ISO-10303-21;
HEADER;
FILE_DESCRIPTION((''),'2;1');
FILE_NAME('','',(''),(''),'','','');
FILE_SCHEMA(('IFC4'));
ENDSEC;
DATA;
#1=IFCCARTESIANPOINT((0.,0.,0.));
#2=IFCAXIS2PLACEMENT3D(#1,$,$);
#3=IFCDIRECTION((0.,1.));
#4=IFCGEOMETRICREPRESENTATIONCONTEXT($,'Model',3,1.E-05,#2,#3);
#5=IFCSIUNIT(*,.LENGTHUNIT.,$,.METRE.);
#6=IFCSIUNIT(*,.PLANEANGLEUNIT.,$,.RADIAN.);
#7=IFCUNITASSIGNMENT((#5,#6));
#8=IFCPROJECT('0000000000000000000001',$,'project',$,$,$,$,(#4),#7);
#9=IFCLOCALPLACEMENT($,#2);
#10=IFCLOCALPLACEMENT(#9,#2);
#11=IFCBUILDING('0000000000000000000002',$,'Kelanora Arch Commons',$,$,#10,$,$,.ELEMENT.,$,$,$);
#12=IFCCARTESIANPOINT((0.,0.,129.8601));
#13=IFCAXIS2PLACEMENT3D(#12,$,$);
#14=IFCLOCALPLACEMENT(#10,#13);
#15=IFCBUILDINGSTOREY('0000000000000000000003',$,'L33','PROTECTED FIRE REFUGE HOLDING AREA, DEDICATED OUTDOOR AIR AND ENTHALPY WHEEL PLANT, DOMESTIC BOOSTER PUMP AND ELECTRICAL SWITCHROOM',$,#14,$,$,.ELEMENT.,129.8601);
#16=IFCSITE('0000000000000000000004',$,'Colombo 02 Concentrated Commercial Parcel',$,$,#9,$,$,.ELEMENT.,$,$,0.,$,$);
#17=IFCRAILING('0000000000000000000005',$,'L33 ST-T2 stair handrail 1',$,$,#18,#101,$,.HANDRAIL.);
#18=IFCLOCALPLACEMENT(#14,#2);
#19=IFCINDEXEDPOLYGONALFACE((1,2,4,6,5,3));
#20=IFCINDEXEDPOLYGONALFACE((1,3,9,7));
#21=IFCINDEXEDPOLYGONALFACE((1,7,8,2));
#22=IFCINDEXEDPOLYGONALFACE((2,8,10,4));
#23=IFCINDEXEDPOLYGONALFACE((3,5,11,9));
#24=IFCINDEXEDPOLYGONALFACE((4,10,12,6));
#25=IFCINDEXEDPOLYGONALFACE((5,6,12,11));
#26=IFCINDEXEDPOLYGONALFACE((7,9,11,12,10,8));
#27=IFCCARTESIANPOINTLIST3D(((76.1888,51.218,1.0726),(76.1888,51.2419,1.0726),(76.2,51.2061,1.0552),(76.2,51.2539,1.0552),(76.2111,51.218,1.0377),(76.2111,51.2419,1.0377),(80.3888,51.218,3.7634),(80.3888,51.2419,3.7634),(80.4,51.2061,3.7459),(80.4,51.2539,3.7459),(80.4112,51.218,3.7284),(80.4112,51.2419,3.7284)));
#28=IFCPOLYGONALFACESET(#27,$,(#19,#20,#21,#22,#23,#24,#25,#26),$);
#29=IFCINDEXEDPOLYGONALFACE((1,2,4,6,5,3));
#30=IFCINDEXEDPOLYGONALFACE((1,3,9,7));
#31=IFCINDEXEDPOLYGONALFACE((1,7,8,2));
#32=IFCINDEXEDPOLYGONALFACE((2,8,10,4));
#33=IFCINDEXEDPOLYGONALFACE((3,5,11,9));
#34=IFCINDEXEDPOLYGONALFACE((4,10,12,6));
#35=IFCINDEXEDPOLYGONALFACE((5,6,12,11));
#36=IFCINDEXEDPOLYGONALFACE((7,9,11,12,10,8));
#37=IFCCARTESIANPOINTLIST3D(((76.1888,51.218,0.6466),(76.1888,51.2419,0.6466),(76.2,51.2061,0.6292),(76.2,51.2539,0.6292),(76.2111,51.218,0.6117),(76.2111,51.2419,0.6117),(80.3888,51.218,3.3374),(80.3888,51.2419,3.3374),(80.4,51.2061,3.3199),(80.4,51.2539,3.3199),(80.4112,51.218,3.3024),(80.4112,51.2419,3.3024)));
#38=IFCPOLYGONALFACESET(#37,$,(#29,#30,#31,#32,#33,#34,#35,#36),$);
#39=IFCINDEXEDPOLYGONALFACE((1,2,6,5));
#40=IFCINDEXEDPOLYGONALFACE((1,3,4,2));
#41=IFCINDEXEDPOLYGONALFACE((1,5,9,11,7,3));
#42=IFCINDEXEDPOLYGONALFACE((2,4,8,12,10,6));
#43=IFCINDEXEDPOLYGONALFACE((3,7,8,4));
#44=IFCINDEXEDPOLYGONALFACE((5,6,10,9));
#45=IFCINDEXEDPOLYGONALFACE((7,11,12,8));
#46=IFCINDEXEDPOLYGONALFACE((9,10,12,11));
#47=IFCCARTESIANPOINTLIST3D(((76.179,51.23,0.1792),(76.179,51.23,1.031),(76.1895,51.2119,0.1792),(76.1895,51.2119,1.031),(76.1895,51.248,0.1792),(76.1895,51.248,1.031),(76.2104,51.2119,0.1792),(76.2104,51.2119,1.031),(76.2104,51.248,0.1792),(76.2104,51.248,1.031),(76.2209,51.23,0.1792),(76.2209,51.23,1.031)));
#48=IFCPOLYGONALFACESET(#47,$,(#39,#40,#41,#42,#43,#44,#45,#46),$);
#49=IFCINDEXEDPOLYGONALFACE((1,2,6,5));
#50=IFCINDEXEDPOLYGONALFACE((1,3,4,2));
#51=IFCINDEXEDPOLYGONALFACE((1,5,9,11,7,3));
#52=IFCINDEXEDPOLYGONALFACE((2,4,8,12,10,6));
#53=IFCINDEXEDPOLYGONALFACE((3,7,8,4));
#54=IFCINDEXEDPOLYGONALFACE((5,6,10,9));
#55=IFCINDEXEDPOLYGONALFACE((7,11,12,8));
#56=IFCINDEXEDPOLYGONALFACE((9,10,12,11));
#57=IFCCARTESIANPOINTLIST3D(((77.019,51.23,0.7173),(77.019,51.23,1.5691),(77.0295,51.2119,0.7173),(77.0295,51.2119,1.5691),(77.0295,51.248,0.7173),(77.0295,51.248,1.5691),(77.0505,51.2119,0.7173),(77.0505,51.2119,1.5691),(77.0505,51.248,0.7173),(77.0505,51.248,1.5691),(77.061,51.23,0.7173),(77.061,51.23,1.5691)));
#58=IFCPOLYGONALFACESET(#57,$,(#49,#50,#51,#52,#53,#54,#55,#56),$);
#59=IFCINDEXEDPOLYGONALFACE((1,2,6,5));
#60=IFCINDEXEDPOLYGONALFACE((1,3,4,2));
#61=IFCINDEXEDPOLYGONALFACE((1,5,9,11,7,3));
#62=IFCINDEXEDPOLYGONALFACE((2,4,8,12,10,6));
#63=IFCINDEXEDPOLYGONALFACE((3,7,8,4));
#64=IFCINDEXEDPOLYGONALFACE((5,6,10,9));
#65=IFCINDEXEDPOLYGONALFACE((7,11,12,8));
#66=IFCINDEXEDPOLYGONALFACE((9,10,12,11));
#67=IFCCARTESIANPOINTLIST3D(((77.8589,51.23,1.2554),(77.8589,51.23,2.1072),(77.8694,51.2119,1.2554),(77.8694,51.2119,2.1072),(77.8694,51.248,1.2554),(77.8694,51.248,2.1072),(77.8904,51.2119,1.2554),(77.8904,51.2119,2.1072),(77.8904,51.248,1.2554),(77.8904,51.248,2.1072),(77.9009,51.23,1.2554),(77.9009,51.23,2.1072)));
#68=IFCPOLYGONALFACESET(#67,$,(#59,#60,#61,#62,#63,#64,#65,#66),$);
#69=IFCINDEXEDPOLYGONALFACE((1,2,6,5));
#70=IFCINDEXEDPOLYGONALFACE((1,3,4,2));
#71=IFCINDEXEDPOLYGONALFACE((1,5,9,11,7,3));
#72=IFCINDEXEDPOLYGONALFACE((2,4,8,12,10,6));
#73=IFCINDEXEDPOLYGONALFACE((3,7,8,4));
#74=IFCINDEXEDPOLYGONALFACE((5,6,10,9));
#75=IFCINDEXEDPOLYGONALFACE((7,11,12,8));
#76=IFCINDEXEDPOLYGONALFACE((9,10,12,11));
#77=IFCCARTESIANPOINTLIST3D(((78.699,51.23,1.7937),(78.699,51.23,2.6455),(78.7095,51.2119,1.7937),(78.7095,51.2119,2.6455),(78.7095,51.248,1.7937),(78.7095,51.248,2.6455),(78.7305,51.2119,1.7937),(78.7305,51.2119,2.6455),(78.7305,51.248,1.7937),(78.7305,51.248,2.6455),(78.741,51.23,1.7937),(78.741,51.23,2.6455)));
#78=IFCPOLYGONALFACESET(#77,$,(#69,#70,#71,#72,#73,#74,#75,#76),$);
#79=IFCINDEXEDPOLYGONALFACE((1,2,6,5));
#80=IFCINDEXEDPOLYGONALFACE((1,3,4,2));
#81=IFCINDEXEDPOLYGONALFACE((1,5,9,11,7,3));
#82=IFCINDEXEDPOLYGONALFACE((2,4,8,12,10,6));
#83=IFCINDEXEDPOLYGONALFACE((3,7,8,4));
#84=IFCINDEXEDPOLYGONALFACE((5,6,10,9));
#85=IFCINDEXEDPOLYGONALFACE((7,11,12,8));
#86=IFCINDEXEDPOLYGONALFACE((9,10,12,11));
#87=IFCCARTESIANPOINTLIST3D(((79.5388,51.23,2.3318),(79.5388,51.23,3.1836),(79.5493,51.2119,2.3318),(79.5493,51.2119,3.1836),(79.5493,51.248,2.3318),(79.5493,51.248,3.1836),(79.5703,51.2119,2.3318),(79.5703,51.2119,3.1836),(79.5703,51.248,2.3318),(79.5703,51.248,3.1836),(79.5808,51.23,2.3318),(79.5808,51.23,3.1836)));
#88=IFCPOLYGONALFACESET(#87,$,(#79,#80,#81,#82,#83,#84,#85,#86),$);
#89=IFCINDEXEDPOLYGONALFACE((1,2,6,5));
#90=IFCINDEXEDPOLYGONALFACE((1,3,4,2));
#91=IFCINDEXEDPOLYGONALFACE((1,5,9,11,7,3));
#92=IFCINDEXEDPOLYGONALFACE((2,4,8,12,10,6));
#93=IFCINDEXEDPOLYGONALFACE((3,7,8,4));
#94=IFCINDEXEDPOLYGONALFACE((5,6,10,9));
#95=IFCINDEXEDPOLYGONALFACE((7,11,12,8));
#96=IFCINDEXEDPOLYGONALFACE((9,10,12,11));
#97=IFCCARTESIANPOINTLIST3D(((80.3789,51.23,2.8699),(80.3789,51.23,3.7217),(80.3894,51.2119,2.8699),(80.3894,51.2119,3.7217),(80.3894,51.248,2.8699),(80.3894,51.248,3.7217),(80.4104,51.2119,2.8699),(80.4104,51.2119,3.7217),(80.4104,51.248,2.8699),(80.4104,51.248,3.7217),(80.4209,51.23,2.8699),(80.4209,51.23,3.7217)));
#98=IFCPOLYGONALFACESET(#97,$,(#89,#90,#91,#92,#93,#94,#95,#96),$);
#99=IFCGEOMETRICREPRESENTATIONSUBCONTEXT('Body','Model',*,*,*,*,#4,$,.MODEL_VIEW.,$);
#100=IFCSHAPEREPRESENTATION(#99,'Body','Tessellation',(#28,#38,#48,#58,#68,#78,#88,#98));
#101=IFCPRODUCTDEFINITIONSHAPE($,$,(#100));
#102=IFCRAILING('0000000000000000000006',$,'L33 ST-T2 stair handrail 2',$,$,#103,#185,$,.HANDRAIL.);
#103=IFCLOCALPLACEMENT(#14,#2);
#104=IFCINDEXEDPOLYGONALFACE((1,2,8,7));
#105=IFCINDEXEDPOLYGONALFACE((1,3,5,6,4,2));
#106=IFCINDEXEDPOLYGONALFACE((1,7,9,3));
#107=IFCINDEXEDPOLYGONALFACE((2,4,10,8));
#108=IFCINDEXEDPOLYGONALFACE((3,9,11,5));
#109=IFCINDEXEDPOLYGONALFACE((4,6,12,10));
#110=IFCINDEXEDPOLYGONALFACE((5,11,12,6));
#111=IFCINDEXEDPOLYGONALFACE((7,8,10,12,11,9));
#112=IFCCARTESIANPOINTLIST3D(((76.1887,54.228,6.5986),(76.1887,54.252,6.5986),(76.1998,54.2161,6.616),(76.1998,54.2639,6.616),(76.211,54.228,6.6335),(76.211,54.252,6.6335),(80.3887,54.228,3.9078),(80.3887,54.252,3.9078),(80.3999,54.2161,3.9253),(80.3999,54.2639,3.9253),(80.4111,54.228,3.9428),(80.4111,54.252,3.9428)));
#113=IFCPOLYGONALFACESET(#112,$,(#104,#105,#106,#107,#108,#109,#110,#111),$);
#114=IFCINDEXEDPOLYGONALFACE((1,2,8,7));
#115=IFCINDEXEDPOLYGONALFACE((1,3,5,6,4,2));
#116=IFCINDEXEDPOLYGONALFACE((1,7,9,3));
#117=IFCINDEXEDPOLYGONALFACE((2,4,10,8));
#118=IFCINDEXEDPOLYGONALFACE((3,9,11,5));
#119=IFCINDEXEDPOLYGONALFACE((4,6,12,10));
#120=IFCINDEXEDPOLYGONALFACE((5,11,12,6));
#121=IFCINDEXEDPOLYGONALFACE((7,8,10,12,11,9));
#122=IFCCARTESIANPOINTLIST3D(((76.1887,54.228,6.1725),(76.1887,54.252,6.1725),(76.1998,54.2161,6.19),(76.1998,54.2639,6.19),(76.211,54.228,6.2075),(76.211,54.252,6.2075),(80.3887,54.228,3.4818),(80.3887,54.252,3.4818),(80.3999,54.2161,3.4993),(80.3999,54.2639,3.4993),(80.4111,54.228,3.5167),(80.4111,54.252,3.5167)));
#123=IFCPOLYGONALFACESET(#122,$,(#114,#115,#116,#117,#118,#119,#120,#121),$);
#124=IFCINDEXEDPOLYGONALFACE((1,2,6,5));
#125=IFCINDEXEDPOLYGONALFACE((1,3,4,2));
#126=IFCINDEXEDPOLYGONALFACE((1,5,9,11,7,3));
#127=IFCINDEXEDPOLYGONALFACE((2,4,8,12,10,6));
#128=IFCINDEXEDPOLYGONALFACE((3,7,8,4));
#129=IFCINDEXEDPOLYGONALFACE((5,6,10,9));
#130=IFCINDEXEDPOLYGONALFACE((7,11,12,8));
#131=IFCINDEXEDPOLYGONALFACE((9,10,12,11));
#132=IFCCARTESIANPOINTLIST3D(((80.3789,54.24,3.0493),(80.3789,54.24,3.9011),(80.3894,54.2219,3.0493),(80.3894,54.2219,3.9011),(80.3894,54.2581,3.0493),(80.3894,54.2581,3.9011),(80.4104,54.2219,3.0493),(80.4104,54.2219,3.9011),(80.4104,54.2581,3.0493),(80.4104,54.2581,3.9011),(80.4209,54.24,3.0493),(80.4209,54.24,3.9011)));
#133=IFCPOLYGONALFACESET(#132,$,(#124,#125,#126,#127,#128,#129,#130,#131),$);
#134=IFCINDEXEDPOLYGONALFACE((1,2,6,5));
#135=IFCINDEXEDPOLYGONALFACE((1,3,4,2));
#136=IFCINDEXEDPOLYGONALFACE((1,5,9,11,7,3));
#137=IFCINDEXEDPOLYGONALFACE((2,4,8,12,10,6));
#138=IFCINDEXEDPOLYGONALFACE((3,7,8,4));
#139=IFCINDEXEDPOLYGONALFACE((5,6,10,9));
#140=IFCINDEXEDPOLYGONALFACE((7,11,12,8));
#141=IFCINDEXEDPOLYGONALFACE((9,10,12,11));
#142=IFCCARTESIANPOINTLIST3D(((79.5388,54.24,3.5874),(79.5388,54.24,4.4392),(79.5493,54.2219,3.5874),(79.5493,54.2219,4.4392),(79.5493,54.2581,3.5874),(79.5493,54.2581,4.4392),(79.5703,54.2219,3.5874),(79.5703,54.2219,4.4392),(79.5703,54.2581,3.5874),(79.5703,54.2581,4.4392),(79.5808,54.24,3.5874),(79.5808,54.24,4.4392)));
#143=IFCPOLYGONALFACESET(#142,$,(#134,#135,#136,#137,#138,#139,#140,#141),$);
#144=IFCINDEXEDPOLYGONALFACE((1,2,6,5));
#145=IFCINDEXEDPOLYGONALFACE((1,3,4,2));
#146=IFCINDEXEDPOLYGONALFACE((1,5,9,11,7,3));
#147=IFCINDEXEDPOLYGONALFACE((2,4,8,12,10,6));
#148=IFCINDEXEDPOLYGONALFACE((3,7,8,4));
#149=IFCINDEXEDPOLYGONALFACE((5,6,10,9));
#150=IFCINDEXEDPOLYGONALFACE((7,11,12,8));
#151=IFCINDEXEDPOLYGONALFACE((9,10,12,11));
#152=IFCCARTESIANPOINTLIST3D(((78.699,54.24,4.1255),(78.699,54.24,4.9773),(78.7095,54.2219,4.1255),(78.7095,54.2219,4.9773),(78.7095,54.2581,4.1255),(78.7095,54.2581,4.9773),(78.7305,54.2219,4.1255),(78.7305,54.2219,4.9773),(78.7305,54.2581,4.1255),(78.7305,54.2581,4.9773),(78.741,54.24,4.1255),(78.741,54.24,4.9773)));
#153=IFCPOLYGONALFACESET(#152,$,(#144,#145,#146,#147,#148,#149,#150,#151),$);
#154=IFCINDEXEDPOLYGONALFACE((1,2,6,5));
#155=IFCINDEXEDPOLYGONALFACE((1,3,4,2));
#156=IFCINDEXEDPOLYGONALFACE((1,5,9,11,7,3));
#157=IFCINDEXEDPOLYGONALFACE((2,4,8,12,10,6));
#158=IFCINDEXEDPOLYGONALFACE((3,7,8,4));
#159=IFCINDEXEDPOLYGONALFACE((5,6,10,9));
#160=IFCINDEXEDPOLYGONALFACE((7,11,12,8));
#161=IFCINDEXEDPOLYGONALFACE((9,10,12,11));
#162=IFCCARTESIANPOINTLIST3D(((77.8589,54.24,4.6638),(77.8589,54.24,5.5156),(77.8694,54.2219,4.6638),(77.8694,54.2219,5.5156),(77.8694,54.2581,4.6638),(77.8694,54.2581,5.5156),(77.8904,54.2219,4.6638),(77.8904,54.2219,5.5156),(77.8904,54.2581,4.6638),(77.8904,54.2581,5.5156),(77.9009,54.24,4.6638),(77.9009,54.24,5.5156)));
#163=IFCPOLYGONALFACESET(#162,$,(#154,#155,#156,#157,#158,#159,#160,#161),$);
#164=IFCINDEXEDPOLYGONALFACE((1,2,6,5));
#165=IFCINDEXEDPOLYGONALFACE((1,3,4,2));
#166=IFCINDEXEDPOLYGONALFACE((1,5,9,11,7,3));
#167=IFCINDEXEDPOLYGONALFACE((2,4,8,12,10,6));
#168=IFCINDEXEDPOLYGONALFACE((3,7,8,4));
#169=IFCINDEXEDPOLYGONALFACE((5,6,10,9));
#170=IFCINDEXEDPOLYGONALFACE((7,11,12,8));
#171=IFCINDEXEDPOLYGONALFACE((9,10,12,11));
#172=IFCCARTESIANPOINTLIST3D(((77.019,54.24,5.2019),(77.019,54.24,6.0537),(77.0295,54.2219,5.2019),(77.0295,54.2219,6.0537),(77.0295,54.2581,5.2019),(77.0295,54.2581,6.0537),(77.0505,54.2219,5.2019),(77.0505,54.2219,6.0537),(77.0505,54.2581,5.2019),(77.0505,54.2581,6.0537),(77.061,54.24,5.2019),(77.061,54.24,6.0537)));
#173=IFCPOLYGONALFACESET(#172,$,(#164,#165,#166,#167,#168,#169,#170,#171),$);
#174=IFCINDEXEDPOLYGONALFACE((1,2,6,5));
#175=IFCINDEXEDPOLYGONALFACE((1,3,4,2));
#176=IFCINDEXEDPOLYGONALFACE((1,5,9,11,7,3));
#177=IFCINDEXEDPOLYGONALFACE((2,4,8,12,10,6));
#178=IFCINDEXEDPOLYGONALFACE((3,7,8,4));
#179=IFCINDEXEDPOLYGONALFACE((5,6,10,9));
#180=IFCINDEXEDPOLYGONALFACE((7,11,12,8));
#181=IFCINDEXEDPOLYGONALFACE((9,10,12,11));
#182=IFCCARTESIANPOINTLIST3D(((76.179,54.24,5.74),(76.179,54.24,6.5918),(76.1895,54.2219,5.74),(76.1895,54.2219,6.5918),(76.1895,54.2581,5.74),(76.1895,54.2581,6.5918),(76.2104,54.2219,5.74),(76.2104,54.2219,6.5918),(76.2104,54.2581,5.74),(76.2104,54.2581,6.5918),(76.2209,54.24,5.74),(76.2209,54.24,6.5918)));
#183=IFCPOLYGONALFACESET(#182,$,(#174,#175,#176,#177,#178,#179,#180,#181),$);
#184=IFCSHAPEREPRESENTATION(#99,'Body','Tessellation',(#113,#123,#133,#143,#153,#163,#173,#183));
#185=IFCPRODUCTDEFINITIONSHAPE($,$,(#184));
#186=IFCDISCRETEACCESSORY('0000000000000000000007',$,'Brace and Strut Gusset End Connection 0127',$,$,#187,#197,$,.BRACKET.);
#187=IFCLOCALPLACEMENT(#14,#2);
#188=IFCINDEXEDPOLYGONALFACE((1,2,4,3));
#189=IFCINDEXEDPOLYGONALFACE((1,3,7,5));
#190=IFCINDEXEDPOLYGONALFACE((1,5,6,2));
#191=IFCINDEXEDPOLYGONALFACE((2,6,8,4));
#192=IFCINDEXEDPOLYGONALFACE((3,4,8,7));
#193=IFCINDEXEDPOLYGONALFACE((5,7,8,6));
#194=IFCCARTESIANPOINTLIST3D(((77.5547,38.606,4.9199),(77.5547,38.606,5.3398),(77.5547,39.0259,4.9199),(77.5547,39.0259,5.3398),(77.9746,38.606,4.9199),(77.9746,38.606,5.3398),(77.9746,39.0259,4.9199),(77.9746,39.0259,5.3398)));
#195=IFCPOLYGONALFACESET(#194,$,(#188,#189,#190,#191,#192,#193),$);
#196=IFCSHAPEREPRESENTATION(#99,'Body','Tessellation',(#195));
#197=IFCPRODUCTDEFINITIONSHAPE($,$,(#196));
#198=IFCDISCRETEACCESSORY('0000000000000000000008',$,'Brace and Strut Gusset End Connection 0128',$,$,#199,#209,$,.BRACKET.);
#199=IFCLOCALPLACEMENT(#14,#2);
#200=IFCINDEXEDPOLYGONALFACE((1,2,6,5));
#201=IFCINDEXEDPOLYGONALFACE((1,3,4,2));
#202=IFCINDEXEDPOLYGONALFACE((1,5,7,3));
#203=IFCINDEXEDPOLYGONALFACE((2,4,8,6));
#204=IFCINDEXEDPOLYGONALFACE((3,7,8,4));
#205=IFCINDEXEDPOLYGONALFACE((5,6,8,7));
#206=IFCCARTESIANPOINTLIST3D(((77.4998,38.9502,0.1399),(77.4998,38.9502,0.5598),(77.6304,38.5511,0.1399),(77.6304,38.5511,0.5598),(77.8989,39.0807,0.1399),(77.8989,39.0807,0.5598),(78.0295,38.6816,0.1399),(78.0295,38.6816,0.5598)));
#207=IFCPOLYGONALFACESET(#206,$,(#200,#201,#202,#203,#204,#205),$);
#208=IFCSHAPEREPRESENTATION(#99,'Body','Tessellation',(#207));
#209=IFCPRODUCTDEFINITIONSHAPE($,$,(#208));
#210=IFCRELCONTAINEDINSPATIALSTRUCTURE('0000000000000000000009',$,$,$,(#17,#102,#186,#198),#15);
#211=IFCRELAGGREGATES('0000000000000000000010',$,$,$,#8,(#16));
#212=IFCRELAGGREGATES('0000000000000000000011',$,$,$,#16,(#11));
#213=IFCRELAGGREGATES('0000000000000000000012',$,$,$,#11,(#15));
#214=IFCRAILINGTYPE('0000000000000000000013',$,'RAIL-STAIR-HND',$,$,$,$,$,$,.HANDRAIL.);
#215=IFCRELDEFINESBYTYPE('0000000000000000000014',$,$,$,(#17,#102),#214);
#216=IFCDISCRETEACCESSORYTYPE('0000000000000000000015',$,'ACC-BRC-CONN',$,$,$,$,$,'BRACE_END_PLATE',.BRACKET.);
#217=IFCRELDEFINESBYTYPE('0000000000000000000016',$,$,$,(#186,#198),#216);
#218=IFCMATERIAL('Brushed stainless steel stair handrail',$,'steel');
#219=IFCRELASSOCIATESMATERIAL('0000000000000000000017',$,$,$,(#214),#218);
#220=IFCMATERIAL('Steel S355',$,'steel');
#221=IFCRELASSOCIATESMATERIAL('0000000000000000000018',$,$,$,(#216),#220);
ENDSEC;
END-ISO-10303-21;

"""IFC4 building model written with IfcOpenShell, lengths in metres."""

from ifc_helpers import new_model, si_unit, direction, frame, origin, origin_2d, place, context, subcontext, project, spatial, polyline, rectangle, outline, extrude, source, transform, mapped, material, type_object, element, save


model = new_model("IFC4")

# Units and contexts
model_context = context("Model", 3, precision=1e-05, world=origin(), true_north=direction((0.0, 1.0)))
body_context = subcontext(model_context, "Body", "Model", "MODEL_VIEW")
ifc_project = project(units=[si_unit("LENGTHUNIT", "METRE"), si_unit("PLANEANGLEUNIT", "RADIAN")], contexts=[model_context])

# Site, building, storey
site_placement = place(None, origin())
site = spatial("IfcSite", under=ifc_project, at=site_placement, Name="Colombo 02 Concentrated Commercial Parcel", CompositionType="ELEMENT", RefElevation=0.0)
building_placement = place(site_placement, origin())
building = spatial("IfcBuilding", under=site, at=building_placement, Name="Kelanora Arch Commons", CompositionType="ELEMENT")
storey_placement = place(building_placement, frame((0.0, 0.0, 129.8601)))
storey = spatial("IfcBuildingStorey", under=building, at=storey_placement, Name="L33", Description="PROTECTED FIRE REFUGE HOLDING AREA, DEDICATED OUTDOOR AIR AND ENTHALPY WHEEL PLANT, DOMESTIC BOOSTER PUMP AND ELECTRICAL SWITCHROOM", CompositionType="ELEMENT", Elevation=129.8601)

# Shared definitions
ifc_material_1 = material(Name="Steel S355", Category="steel")

# Railings
ifc_material_2 = material(Name="Brushed stainless steel stair handrail", Category="steel")
railing_type_1 = type_object("IfcRailingType", Name="RAIL-STAIR-HND", PredefinedType="HANDRAIL", material=ifc_material_2)
railing_1_placement = place(storey_placement, frame((76.2, 51.23, 0.1792)))
element("IfcRailing", 1, at=railing_1_placement, inside=storey, type_object=railing_type_1, Name="L33 ST-T2 stair handrail 1", PredefinedType="HANDRAIL", context=body_context, shape_type="SweptSolid", body=[
    extrude(outline(polyline([(0.0239, 0.0), (0.012, 0.0208), (-0.012, 0.0208), (-0.0239, 0.0), (-0.012, -0.0208), (0.012, -0.0208), (0.0239, 0.0)])), frame((0.0, 0.0, 0.876), z_axis=(0.842025, 0.0, 0.539438), x_axis=(0.0, 1.0, 0.0)), (0.0, 0.0, 1.0), 4.988),
    extrude(outline(polyline([(0.0239, 0.0), (0.012, 0.0208), (-0.012, 0.0208), (-0.0239, 0.0), (-0.012, -0.0208), (0.012, -0.0208), (0.0239, 0.0)])), frame((0.0, 0.0, 0.45), z_axis=(0.842025, 0.0, 0.539438), x_axis=(0.0, 1.0, 0.0)), (0.0, 0.0, 1.0), 4.988),
    extrude(outline(polyline([(0.021, 0.0), (0.0105, 0.0181), (-0.0105, 0.0181), (-0.021, 0.0), (-0.0105, -0.0181), (0.0105, -0.0181), (0.021, 0.0)])), origin(), (0.0, 0.0, 1.0), 0.8518),
    extrude(outline(polyline([(0.021, 0.0), (0.0105, 0.0181), (-0.0105, 0.0181), (-0.021, 0.0), (-0.0105, -0.0181), (0.0105, -0.0181), (0.021, 0.0)])), frame((0.8401, 0.0, 0.5381)), (0.0, 0.0, 1.0), 0.8518),
    extrude(outline(polyline([(0.021, 0.0), (0.0105, 0.0181), (-0.0105, 0.0181), (-0.021, 0.0), (-0.0105, -0.0181), (0.0105, -0.0181), (0.021, 0.0)])), frame((1.6799, 0.0, 1.0762)), (0.0, 0.0, 1.0), 0.8518),
    extrude(outline(polyline([(0.021, 0.0), (0.0105, 0.0181), (-0.0105, 0.0181), (-0.021, 0.0), (-0.0105, -0.0181), (0.0105, -0.0181), (0.021, 0.0)])), frame((2.52, 0.0, 1.6145)), (0.0, 0.0, 1.0), 0.8518),
    extrude(outline(polyline([(0.021, 0.0), (0.0105, 0.0181), (-0.0105, 0.0181), (-0.021, 0.0), (-0.0105, -0.0181), (0.0105, -0.0181), (0.021, 0.0)])), frame((3.3599, 0.0, 2.1526)), (0.0, 0.0, 1.0), 0.8518),
    extrude(outline(polyline([(0.021, 0.0), (0.0105, 0.0181), (-0.0105, 0.0181), (-0.021, 0.0), (-0.0105, -0.0181), (0.0105, -0.0181), (0.021, 0.0)])), frame((4.2, 0.0, 2.6907)), (0.0, 0.0, 1.0), 0.8518),
])
railing_2_placement = place(storey_placement, frame((80.3999, 54.24, 3.0493)))
element("IfcRailing", 2, at=railing_2_placement, inside=storey, type_object=railing_type_1, Name="L33 ST-T2 stair handrail 2", PredefinedType="HANDRAIL", context=body_context, shape_type="SweptSolid", body=[
    extrude(outline(polyline([(0.0239, 0.0), (0.012, 0.0208), (-0.012, 0.0208), (-0.0239, 0.0), (-0.012, -0.0208), (0.012, -0.0208), (0.0239, 0.0)])), frame((0.0, 0.0, 0.876), z_axis=(-0.842025, 0.0, 0.539438), x_axis=(0.0, -1.0, 0.0)), (0.0, 0.0, 1.0), 4.988),
    extrude(outline(polyline([(0.0239, 0.0), (0.012, 0.0208), (-0.012, 0.0208), (-0.0239, 0.0), (-0.012, -0.0208), (0.012, -0.0208), (0.0239, 0.0)])), frame((0.0, 0.0, 0.45), z_axis=(-0.842025, 0.0, 0.539438), x_axis=(0.0, -1.0, 0.0)), (0.0, 0.0, 1.0), 4.988),
    extrude(outline(polyline([(0.021, 0.0), (0.0105, 0.0181), (-0.0105, 0.0181), (-0.021, 0.0), (-0.0105, -0.0181), (0.0105, -0.0181), (0.021, 0.0)])), origin(), (0.0, 0.0, 1.0), 0.8518),
    extrude(outline(polyline([(0.021, 0.0), (0.0105, 0.0181), (-0.0105, 0.0181), (-0.021, 0.0), (-0.0105, -0.0181), (0.0105, -0.0181), (0.021, 0.0)])), frame((-0.8401, 0.0, 0.5381)), (0.0, 0.0, 1.0), 0.8518),
    extrude(outline(polyline([(0.021, 0.0), (0.0105, 0.0181), (-0.0105, 0.0181), (-0.021, 0.0), (-0.0105, -0.0181), (0.0105, -0.0181), (0.021, 0.0)])), frame((-1.6799, 0.0, 1.0762)), (0.0, 0.0, 1.0), 0.8518),
    extrude(outline(polyline([(0.021, 0.0), (0.0105, 0.0181), (-0.0105, 0.0181), (-0.021, 0.0), (-0.0105, -0.0181), (0.0105, -0.0181), (0.021, 0.0)])), frame((-2.52, 0.0, 1.6145)), (0.0, 0.0, 1.0), 0.8518),
    extrude(outline(polyline([(0.021, 0.0), (0.0105, 0.0181), (-0.0105, 0.0181), (-0.021, 0.0), (-0.0105, -0.0181), (0.0105, -0.0181), (0.021, 0.0)])), frame((-3.3599, 0.0, 2.1526)), (0.0, 0.0, 1.0), 0.8518),
    extrude(outline(polyline([(0.021, 0.0), (0.0105, 0.0181), (-0.0105, 0.0181), (-0.021, 0.0), (-0.0105, -0.0181), (0.0105, -0.0181), (0.021, 0.0)])), frame((-4.2, 0.0, 2.6907)), (0.0, 0.0, 1.0), 0.8518),
])

# Discrete accessories
discrete_accessory_type = type_object("IfcDiscreteAccessoryType", Name="ACC-BRC-CONN", ElementType="BRACE_END_PLATE", PredefinedType="BRACKET", material=ifc_material_1)
shared_shape_1 = source(origin(), body_context, "Body", "SweptSolid", [
    extrude(rectangle(XDim=0.4199, YDim=0.4199, at=origin_2d()), origin(), (0.0, 0.0, 1.0), 0.4199),
])
for number, where, z_axis, x_axis, name in (
    (3, (77.7646, 38.8159, 4.9199), (0.0, 0.0, 1.0), (1.0, 0.0, 0.0), "Brace and Strut Gusset End Connection 0127"),
    (4, (77.7646, 38.8159, 0.1399), (0.0, 0.0, 1.0), (0.950461, 0.310842, 0.0), "Brace and Strut Gusset End Connection 0128"),
):
    element("IfcDiscreteAccessory", number, at=place(storey_placement, frame(where, z_axis=z_axis, x_axis=x_axis)), inside=storey, type_object=discrete_accessory_type, Name=name, PredefinedType="BRACKET", context=body_context, shape_type="MappedRepresentation", body=[
        mapped(shared_shape_1, transform((0.0, 0.0, 0.0), scale=1.0)),
    ])

save(model, "model.ifc")
